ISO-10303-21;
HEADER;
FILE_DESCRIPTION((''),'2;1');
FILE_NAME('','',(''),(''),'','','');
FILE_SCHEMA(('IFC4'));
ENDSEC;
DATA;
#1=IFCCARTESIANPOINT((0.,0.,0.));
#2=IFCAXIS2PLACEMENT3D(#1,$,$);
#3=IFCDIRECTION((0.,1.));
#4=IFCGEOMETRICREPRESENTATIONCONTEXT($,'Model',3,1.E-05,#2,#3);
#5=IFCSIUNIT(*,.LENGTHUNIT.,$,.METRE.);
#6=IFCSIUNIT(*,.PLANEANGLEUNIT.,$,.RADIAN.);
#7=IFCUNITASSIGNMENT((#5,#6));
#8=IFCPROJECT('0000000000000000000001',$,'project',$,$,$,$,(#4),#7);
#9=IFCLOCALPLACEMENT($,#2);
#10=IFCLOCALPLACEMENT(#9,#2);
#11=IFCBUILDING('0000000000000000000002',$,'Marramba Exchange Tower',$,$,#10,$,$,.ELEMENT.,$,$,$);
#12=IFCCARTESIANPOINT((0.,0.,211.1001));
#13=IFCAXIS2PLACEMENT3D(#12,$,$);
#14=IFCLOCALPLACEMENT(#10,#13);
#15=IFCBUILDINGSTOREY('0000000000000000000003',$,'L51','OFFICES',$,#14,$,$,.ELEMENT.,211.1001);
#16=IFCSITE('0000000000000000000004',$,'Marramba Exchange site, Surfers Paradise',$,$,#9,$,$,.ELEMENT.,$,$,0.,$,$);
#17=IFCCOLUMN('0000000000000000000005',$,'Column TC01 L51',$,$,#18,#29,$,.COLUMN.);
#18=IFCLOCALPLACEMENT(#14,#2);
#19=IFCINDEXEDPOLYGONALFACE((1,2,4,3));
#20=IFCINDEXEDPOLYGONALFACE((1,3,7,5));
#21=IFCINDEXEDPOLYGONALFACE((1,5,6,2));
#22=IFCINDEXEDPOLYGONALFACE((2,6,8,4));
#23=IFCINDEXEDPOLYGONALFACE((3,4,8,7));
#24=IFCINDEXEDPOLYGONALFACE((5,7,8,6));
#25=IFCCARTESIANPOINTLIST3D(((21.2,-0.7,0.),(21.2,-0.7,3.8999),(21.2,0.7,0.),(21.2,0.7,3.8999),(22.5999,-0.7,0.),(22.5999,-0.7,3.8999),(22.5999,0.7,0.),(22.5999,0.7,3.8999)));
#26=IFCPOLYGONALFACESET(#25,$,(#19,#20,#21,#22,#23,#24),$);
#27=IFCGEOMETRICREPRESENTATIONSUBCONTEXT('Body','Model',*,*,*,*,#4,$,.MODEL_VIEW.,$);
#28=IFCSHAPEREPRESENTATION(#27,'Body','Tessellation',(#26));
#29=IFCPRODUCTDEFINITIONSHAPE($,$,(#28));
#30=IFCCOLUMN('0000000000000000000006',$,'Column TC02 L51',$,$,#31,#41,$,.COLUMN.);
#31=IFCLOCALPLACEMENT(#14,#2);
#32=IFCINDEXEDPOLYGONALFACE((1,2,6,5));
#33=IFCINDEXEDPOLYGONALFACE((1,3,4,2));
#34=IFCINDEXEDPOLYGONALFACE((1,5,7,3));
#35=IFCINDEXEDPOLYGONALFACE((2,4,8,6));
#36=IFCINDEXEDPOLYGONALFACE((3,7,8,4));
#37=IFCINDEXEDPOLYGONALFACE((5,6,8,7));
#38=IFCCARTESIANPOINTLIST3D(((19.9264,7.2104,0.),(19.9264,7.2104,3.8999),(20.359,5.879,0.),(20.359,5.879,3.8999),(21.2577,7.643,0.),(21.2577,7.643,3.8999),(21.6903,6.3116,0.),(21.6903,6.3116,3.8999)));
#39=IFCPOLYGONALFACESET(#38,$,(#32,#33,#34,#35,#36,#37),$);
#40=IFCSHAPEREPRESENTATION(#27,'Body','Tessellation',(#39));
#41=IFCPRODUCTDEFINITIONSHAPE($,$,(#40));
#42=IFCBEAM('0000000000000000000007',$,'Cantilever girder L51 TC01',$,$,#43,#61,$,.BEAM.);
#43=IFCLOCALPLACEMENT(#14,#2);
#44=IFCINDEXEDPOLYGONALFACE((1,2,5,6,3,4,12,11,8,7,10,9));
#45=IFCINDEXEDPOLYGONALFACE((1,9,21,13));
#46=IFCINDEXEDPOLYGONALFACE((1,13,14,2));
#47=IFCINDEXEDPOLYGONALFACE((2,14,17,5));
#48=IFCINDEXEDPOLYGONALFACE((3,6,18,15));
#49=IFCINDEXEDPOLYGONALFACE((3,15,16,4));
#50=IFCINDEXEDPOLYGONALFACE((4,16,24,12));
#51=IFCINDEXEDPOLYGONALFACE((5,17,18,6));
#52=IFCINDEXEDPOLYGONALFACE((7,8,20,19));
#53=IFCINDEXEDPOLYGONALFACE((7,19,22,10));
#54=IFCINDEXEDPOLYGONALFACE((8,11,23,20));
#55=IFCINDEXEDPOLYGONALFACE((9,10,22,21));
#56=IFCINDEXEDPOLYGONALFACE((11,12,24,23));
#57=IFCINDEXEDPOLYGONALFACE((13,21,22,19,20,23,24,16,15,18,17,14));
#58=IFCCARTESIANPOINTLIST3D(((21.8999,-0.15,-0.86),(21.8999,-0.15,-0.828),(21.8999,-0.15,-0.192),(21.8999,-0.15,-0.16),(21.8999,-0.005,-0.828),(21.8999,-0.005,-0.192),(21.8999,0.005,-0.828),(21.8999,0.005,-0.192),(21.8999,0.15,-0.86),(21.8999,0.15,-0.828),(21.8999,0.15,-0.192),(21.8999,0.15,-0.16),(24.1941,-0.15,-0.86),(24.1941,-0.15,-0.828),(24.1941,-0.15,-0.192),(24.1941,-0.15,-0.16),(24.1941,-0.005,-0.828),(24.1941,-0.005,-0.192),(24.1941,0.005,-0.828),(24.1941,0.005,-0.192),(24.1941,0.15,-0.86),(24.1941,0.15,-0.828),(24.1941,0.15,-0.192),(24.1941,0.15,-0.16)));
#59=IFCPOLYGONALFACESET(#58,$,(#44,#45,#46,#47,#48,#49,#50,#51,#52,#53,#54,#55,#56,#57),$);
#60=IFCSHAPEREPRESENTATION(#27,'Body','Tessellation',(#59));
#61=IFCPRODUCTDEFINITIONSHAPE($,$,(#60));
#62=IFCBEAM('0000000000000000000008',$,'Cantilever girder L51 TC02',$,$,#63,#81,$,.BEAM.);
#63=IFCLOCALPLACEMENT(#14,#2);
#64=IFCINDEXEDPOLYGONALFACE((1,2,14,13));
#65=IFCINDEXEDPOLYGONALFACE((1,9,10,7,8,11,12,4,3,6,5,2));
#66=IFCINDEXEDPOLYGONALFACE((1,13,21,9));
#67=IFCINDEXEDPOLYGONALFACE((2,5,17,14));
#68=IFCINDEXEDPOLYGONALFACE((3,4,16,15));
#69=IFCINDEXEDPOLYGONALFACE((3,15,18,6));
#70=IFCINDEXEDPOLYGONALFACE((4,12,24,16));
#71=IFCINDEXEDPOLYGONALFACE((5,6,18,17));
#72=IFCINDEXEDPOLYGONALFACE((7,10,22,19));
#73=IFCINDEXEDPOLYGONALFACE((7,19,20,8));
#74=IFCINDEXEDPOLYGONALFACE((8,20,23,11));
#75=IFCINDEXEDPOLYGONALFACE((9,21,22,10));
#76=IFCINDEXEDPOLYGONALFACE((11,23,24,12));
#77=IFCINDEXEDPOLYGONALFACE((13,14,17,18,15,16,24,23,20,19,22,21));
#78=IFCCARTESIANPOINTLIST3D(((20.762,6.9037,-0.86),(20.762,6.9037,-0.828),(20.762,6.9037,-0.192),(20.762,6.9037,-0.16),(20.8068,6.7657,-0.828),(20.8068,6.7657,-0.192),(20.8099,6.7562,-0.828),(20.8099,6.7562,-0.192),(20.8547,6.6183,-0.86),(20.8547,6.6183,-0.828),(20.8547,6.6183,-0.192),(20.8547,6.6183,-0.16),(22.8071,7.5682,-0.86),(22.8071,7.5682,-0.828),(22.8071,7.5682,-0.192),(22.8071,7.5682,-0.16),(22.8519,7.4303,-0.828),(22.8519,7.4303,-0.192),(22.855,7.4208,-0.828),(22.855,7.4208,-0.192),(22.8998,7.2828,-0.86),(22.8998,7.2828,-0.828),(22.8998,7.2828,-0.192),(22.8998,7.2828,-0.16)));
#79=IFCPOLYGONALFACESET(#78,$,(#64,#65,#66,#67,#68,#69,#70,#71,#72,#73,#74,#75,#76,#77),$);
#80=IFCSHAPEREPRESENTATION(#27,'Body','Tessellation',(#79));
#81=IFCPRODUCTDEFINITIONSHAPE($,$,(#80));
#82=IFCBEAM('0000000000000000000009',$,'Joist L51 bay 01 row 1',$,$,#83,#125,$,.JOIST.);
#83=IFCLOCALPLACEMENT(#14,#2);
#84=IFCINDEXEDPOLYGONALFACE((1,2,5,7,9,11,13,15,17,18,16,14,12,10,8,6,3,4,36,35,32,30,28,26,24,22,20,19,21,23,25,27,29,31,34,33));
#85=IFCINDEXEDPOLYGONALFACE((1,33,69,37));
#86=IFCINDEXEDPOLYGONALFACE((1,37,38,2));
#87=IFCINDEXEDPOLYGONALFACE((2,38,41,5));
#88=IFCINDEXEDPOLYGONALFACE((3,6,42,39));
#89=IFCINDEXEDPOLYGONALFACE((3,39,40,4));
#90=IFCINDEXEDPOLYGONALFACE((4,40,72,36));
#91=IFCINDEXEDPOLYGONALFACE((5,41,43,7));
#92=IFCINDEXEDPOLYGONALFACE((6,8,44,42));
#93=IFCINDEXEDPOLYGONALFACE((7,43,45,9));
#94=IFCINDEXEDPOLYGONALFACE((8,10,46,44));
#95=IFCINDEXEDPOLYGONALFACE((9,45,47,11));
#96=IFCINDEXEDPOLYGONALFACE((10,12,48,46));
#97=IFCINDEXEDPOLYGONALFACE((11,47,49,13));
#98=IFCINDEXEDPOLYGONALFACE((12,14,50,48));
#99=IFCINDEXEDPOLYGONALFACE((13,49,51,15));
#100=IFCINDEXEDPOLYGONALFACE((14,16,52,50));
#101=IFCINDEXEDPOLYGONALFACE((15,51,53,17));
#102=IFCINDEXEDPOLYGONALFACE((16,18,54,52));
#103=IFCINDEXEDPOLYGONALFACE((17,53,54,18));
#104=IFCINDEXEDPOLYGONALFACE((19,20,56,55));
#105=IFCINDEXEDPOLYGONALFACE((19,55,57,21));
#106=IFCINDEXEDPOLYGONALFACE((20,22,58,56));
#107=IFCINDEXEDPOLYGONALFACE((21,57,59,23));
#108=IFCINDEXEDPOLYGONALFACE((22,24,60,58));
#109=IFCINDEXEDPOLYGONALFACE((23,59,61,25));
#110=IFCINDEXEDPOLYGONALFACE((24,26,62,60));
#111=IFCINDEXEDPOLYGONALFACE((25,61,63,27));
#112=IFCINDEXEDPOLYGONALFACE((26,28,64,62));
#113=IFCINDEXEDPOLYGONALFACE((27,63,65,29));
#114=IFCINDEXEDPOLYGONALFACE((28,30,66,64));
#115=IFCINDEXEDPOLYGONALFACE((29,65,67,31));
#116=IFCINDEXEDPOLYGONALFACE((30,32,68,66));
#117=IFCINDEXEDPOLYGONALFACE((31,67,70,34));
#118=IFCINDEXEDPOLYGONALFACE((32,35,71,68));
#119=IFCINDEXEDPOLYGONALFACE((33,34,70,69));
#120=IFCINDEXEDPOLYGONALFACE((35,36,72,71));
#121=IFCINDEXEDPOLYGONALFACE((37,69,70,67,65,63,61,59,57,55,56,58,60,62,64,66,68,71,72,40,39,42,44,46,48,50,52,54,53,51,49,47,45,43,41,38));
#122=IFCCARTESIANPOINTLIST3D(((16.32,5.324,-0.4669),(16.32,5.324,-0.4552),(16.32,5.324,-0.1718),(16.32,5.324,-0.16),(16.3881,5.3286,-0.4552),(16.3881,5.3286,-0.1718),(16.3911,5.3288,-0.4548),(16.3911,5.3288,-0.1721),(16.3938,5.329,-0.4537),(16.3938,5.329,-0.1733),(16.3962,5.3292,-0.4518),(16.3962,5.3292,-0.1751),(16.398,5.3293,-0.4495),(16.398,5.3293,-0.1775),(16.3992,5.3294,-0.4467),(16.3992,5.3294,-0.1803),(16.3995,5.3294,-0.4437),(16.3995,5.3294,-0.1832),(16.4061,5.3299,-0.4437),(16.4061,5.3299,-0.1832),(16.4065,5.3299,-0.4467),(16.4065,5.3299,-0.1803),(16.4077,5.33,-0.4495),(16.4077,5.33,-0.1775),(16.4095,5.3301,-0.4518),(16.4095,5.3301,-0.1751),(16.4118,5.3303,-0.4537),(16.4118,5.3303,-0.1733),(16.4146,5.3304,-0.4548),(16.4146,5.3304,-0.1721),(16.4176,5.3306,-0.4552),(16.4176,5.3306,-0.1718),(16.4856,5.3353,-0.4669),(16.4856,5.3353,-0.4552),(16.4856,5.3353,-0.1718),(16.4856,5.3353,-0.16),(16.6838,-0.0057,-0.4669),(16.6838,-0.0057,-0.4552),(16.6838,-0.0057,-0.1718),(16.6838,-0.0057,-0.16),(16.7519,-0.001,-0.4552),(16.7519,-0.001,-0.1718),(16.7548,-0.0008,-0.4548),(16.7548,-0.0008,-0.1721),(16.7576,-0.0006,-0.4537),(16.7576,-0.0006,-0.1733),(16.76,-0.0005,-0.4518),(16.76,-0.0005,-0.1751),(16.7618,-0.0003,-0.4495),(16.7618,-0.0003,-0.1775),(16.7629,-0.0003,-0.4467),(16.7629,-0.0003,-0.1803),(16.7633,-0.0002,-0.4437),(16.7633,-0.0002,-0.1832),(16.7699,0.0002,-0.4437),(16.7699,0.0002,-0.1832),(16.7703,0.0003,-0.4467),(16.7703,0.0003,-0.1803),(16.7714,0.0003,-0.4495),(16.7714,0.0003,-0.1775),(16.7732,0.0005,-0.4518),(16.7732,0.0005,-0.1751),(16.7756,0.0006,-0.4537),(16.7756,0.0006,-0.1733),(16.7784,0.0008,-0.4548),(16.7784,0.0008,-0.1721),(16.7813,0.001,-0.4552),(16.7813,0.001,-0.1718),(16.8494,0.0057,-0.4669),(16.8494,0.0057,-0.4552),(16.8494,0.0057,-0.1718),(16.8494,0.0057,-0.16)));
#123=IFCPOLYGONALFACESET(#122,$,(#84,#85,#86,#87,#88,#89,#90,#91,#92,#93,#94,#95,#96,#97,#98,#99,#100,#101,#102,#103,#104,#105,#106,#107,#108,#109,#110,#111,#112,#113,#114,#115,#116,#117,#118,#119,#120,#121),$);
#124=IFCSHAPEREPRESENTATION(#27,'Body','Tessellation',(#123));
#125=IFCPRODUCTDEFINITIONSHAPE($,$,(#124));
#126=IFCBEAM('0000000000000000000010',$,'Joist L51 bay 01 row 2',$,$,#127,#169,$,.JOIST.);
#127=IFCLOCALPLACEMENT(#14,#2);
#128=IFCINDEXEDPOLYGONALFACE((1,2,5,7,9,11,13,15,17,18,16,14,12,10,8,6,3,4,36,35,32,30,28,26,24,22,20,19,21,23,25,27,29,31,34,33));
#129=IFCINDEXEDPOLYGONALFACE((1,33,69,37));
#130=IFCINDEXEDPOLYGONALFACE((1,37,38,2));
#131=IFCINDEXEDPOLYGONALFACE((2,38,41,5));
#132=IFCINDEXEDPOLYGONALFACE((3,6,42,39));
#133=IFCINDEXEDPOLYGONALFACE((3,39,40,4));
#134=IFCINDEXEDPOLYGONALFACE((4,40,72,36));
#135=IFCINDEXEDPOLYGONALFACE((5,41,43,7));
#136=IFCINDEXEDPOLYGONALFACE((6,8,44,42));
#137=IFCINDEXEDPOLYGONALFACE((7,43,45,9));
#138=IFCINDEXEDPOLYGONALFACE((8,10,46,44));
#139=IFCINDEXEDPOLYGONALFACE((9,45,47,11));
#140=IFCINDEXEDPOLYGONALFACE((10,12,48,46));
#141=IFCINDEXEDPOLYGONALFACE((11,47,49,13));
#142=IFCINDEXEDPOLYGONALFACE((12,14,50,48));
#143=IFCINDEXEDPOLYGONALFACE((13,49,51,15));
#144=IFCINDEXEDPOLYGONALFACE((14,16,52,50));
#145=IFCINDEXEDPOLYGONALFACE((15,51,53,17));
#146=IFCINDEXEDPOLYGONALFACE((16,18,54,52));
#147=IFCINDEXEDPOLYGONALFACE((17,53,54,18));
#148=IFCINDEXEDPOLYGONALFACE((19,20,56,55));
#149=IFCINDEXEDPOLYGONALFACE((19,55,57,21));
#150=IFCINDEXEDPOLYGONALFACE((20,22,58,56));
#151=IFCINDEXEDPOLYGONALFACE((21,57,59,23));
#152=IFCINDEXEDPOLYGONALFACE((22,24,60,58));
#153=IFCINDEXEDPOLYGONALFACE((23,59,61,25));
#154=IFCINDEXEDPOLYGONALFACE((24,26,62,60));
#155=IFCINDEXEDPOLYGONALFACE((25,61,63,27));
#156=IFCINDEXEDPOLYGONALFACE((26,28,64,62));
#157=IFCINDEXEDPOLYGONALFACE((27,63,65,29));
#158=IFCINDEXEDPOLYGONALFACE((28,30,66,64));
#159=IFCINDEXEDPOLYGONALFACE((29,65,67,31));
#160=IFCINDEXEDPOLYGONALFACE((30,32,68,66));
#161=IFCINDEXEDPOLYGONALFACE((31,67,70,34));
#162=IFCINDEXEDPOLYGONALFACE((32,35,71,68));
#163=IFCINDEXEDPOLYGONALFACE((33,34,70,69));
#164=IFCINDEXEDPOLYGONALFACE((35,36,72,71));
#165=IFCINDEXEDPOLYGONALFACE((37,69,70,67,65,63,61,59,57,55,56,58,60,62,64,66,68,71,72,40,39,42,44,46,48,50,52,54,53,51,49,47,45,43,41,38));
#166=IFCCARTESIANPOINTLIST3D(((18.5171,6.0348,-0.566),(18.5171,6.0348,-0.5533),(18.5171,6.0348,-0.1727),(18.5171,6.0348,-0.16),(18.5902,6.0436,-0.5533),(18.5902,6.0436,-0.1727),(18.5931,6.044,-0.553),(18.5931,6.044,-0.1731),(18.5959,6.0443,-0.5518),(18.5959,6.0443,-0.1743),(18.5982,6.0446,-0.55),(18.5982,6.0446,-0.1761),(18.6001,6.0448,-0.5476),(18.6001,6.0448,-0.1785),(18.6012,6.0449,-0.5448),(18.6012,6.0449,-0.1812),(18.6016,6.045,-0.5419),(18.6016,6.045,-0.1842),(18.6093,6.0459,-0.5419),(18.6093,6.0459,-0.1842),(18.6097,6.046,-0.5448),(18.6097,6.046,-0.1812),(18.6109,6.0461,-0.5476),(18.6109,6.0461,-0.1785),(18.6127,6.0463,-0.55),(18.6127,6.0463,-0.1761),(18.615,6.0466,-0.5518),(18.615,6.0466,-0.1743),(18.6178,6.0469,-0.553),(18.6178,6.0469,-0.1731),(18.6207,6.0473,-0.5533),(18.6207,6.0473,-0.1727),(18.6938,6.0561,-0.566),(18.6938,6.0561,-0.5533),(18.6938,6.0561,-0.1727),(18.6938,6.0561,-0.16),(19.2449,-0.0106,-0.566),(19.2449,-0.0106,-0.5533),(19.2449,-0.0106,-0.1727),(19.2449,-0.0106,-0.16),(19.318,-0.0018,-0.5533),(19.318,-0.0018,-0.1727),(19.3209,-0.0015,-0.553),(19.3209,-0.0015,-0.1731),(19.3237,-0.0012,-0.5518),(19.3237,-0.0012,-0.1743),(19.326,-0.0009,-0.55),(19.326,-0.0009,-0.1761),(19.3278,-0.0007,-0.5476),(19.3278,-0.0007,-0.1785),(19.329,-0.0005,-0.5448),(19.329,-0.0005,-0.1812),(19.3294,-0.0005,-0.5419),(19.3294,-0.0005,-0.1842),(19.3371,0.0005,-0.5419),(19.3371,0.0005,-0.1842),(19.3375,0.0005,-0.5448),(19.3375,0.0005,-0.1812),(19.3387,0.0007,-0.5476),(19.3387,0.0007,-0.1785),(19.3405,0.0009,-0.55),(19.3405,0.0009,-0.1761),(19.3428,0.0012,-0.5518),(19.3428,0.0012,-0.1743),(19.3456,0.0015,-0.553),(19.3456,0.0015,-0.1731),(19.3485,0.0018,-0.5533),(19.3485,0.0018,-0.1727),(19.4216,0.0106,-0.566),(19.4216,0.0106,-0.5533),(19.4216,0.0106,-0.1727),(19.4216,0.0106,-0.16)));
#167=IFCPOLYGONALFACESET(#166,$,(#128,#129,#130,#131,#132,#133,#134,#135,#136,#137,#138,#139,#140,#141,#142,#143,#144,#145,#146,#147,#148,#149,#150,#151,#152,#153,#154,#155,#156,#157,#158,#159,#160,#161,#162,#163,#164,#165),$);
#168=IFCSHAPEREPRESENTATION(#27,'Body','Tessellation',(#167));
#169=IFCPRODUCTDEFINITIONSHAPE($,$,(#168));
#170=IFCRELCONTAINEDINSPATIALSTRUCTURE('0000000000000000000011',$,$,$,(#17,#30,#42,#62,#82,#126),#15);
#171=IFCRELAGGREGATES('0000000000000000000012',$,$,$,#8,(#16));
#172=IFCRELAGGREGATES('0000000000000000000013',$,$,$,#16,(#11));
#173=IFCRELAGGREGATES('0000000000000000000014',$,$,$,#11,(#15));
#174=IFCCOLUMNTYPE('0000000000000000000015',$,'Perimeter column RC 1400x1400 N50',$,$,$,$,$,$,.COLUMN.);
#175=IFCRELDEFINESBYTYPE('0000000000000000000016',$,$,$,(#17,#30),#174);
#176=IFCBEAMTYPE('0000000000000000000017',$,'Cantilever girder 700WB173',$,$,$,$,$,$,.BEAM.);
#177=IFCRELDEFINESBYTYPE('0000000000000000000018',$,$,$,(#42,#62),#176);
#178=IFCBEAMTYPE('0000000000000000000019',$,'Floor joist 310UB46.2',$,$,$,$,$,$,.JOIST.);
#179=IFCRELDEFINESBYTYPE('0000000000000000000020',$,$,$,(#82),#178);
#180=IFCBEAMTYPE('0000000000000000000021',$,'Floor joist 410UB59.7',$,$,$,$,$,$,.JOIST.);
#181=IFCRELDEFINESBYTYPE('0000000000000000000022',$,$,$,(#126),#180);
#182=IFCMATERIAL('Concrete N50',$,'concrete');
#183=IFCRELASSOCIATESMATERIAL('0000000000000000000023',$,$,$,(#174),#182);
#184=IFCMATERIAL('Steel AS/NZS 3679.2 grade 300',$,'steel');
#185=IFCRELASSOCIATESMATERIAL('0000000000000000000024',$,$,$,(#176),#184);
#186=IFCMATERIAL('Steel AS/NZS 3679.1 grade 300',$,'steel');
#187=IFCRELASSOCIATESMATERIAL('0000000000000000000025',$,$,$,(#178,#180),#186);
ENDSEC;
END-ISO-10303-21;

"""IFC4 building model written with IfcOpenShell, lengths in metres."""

from ifc_helpers import new_model, si_unit, direction, frame, origin, origin_2d, place, context, subcontext, project, spatial, rectangle, i_section, extrude, material, material_profile, profile_set, type_object, element, save


model = new_model("IFC4")

# Units and contexts
model_context = context("Model", 3, precision=1e-05, world=origin(), true_north=direction((0.0, 1.0)))
body_context = subcontext(model_context, "Body", "Model", "MODEL_VIEW")
ifc_project = project(units=[si_unit("LENGTHUNIT", "METRE"), si_unit("PLANEANGLEUNIT", "RADIAN")], contexts=[model_context])

# Site, building, storey
site_placement = place(None, origin())
site = spatial("IfcSite", under=ifc_project, at=site_placement, Name="Marramba Exchange site, Surfers Paradise", CompositionType="ELEMENT", RefElevation=0.0)
building_placement = place(site_placement, origin())
building = spatial("IfcBuilding", under=site, at=building_placement, Name="Marramba Exchange Tower", CompositionType="ELEMENT")
storey_placement = place(building_placement, frame((0.0, 0.0, 211.1001)))
storey = spatial("IfcBuildingStorey", under=building, at=storey_placement, Name="L51", Description="OFFICES", CompositionType="ELEMENT", Elevation=211.1001)

# Columns
ifc_material_1 = material(Name="Concrete N50", Category="concrete")
ifc_material_profile_1 = material_profile(ifc_material_1, rectangle(XDim=1.3999, YDim=1.3999, at=origin_2d()), Name="RC 1400x1400")
ifc_profile_set_1 = profile_set([ifc_material_profile_1], Name="Concrete N50")
column_type = type_object("IfcColumnType", Name="Perimeter column RC 1400x1400 N50", PredefinedType="COLUMN", material=ifc_profile_set_1)
for number, where, z_axis, x_axis, name in (
    (1, (21.8999, 0.0, 0.0), (0.0, 0.0, 1.0), (1.0, 0.0, 0.0), "Column TC01 L51"),
    (2, (20.8083, 6.761, 0.0), (0.0, 0.0, 1.0), (0.951057, 0.309017, 0.0), "Column TC02 L51"),
):
    element("IfcColumn", number, at=place(storey_placement, frame(where, z_axis=z_axis, x_axis=x_axis)), inside=storey, type_object=column_type, Name=name, PredefinedType="COLUMN", context=body_context, shape_type="SweptSolid", body=[
        extrude(rectangle(XDim=1.3999, YDim=1.3999, at=origin_2d()), origin(), (0.0, 0.0, 1.0), 3.8999),
    ])

# Beams
ifc_material_2 = material(Name="Steel AS/NZS 3679.2 grade 300", Category="steel")
ifc_material_profile_2 = material_profile(ifc_material_2, i_section(OverallWidth=0.3, OverallDepth=0.7, WebThickness=0.01, FlangeThickness=0.032, at=origin_2d()), Name="700WB173")
ifc_profile_set_2 = profile_set([ifc_material_profile_2], Name="Steel AS/NZS 3679.2 grade 300")
beam_type_1 = type_object("IfcBeamType", Name="Cantilever girder 700WB173", PredefinedType="BEAM", material=ifc_profile_set_2)
beam_1_placement = place(storey_placement, frame((21.8999, 0.0, -0.51), z_axis=(1.0, 0.0, 0.0), x_axis=(0.0, 1.0, 0.0)))
element("IfcBeam", 3, at=beam_1_placement, inside=storey, type_object=beam_type_1, Name="Cantilever girder L51 TC01", PredefinedType="BEAM", context=body_context, shape_type="SweptSolid", body=[
    extrude(i_section(OverallWidth=0.3, OverallDepth=0.7, WebThickness=0.01, FlangeThickness=0.032, at=origin_2d()), origin(), (0.0, 0.0, 1.0), 2.2942),
])
beam_2_placement = place(storey_placement, frame((20.8083, 6.761, -0.51), z_axis=(0.951052, 0.309032, 0.0), x_axis=(-0.309032, 0.951052, 0.0)))
element("IfcBeam", 4, at=beam_2_placement, inside=storey, type_object=beam_type_1, Name="Cantilever girder L51 TC02", PredefinedType="BEAM", context=body_context, shape_type="SweptSolid", body=[
    extrude(i_section(OverallWidth=0.3, OverallDepth=0.7, WebThickness=0.01, FlangeThickness=0.032, at=origin_2d()), origin(), (0.0, 0.0, 1.0), 2.1504),
])
ifc_material_3 = material(Name="Steel AS/NZS 3679.1 grade 300", Category="steel")
ifc_material_profile_3 = material_profile(ifc_material_3, i_section(OverallWidth=0.166, OverallDepth=0.3069, WebThickness=0.0066, FlangeThickness=0.0117, FilletRadius=0.0115, at=origin_2d()), Name="310UB46.2")
ifc_profile_set_3 = profile_set([ifc_material_profile_3], Name="Steel AS/NZS 3679.1 grade 300")
beam_type_2 = type_object("IfcBeamType", Name="Floor joist 310UB46.2", PredefinedType="JOIST", material=ifc_profile_set_3)
beam_3_placement = place(storey_placement, frame((16.7666, 0.0, -0.3135), z_axis=(-0.068096, 0.997679, 0.0), x_axis=(-0.997679, -0.068096, 0.0)))
element("IfcBeam", 5, at=beam_3_placement, inside=storey, type_object=beam_type_2, Name="Joist L51 bay 01 row 1", PredefinedType="JOIST", context=body_context, shape_type="SweptSolid", body=[
    extrude(i_section(OverallWidth=0.166, OverallDepth=0.3069, WebThickness=0.0066, FlangeThickness=0.0117, FilletRadius=0.0115, at=origin_2d()), origin(), (0.0, 0.0, 1.0), 5.342),
])
ifc_material_profile_4 = material_profile(ifc_material_3, i_section(OverallWidth=0.178, OverallDepth=0.406, WebThickness=0.0078, FlangeThickness=0.0127, FilletRadius=0.0115, at=origin_2d()), Name="410UB59.7")
ifc_profile_set_4 = profile_set([ifc_material_profile_4], Name="Steel AS/NZS 3679.1 grade 300")
beam_type_3 = type_object("IfcBeamType", Name="Floor joist 410UB59.7", PredefinedType="JOIST", material=ifc_profile_set_4)
beam_4_placement = place(storey_placement, frame((19.3333, 0.0, -0.363), z_axis=(-0.119523, 0.992831, 0.0), x_axis=(-0.992831, -0.119523, 0.0)))
element("IfcBeam", 6, at=beam_4_placement, inside=storey, type_object=beam_type_3, Name="Joist L51 bay 01 row 2", PredefinedType="JOIST", context=body_context, shape_type="SweptSolid", body=[
    extrude(i_section(OverallWidth=0.178, OverallDepth=0.406, WebThickness=0.0078, FlangeThickness=0.0127, FilletRadius=0.0115, at=origin_2d()), origin(), (0.0, 0.0, 1.0), 6.0891),
])

save(model, "model.ifc")
